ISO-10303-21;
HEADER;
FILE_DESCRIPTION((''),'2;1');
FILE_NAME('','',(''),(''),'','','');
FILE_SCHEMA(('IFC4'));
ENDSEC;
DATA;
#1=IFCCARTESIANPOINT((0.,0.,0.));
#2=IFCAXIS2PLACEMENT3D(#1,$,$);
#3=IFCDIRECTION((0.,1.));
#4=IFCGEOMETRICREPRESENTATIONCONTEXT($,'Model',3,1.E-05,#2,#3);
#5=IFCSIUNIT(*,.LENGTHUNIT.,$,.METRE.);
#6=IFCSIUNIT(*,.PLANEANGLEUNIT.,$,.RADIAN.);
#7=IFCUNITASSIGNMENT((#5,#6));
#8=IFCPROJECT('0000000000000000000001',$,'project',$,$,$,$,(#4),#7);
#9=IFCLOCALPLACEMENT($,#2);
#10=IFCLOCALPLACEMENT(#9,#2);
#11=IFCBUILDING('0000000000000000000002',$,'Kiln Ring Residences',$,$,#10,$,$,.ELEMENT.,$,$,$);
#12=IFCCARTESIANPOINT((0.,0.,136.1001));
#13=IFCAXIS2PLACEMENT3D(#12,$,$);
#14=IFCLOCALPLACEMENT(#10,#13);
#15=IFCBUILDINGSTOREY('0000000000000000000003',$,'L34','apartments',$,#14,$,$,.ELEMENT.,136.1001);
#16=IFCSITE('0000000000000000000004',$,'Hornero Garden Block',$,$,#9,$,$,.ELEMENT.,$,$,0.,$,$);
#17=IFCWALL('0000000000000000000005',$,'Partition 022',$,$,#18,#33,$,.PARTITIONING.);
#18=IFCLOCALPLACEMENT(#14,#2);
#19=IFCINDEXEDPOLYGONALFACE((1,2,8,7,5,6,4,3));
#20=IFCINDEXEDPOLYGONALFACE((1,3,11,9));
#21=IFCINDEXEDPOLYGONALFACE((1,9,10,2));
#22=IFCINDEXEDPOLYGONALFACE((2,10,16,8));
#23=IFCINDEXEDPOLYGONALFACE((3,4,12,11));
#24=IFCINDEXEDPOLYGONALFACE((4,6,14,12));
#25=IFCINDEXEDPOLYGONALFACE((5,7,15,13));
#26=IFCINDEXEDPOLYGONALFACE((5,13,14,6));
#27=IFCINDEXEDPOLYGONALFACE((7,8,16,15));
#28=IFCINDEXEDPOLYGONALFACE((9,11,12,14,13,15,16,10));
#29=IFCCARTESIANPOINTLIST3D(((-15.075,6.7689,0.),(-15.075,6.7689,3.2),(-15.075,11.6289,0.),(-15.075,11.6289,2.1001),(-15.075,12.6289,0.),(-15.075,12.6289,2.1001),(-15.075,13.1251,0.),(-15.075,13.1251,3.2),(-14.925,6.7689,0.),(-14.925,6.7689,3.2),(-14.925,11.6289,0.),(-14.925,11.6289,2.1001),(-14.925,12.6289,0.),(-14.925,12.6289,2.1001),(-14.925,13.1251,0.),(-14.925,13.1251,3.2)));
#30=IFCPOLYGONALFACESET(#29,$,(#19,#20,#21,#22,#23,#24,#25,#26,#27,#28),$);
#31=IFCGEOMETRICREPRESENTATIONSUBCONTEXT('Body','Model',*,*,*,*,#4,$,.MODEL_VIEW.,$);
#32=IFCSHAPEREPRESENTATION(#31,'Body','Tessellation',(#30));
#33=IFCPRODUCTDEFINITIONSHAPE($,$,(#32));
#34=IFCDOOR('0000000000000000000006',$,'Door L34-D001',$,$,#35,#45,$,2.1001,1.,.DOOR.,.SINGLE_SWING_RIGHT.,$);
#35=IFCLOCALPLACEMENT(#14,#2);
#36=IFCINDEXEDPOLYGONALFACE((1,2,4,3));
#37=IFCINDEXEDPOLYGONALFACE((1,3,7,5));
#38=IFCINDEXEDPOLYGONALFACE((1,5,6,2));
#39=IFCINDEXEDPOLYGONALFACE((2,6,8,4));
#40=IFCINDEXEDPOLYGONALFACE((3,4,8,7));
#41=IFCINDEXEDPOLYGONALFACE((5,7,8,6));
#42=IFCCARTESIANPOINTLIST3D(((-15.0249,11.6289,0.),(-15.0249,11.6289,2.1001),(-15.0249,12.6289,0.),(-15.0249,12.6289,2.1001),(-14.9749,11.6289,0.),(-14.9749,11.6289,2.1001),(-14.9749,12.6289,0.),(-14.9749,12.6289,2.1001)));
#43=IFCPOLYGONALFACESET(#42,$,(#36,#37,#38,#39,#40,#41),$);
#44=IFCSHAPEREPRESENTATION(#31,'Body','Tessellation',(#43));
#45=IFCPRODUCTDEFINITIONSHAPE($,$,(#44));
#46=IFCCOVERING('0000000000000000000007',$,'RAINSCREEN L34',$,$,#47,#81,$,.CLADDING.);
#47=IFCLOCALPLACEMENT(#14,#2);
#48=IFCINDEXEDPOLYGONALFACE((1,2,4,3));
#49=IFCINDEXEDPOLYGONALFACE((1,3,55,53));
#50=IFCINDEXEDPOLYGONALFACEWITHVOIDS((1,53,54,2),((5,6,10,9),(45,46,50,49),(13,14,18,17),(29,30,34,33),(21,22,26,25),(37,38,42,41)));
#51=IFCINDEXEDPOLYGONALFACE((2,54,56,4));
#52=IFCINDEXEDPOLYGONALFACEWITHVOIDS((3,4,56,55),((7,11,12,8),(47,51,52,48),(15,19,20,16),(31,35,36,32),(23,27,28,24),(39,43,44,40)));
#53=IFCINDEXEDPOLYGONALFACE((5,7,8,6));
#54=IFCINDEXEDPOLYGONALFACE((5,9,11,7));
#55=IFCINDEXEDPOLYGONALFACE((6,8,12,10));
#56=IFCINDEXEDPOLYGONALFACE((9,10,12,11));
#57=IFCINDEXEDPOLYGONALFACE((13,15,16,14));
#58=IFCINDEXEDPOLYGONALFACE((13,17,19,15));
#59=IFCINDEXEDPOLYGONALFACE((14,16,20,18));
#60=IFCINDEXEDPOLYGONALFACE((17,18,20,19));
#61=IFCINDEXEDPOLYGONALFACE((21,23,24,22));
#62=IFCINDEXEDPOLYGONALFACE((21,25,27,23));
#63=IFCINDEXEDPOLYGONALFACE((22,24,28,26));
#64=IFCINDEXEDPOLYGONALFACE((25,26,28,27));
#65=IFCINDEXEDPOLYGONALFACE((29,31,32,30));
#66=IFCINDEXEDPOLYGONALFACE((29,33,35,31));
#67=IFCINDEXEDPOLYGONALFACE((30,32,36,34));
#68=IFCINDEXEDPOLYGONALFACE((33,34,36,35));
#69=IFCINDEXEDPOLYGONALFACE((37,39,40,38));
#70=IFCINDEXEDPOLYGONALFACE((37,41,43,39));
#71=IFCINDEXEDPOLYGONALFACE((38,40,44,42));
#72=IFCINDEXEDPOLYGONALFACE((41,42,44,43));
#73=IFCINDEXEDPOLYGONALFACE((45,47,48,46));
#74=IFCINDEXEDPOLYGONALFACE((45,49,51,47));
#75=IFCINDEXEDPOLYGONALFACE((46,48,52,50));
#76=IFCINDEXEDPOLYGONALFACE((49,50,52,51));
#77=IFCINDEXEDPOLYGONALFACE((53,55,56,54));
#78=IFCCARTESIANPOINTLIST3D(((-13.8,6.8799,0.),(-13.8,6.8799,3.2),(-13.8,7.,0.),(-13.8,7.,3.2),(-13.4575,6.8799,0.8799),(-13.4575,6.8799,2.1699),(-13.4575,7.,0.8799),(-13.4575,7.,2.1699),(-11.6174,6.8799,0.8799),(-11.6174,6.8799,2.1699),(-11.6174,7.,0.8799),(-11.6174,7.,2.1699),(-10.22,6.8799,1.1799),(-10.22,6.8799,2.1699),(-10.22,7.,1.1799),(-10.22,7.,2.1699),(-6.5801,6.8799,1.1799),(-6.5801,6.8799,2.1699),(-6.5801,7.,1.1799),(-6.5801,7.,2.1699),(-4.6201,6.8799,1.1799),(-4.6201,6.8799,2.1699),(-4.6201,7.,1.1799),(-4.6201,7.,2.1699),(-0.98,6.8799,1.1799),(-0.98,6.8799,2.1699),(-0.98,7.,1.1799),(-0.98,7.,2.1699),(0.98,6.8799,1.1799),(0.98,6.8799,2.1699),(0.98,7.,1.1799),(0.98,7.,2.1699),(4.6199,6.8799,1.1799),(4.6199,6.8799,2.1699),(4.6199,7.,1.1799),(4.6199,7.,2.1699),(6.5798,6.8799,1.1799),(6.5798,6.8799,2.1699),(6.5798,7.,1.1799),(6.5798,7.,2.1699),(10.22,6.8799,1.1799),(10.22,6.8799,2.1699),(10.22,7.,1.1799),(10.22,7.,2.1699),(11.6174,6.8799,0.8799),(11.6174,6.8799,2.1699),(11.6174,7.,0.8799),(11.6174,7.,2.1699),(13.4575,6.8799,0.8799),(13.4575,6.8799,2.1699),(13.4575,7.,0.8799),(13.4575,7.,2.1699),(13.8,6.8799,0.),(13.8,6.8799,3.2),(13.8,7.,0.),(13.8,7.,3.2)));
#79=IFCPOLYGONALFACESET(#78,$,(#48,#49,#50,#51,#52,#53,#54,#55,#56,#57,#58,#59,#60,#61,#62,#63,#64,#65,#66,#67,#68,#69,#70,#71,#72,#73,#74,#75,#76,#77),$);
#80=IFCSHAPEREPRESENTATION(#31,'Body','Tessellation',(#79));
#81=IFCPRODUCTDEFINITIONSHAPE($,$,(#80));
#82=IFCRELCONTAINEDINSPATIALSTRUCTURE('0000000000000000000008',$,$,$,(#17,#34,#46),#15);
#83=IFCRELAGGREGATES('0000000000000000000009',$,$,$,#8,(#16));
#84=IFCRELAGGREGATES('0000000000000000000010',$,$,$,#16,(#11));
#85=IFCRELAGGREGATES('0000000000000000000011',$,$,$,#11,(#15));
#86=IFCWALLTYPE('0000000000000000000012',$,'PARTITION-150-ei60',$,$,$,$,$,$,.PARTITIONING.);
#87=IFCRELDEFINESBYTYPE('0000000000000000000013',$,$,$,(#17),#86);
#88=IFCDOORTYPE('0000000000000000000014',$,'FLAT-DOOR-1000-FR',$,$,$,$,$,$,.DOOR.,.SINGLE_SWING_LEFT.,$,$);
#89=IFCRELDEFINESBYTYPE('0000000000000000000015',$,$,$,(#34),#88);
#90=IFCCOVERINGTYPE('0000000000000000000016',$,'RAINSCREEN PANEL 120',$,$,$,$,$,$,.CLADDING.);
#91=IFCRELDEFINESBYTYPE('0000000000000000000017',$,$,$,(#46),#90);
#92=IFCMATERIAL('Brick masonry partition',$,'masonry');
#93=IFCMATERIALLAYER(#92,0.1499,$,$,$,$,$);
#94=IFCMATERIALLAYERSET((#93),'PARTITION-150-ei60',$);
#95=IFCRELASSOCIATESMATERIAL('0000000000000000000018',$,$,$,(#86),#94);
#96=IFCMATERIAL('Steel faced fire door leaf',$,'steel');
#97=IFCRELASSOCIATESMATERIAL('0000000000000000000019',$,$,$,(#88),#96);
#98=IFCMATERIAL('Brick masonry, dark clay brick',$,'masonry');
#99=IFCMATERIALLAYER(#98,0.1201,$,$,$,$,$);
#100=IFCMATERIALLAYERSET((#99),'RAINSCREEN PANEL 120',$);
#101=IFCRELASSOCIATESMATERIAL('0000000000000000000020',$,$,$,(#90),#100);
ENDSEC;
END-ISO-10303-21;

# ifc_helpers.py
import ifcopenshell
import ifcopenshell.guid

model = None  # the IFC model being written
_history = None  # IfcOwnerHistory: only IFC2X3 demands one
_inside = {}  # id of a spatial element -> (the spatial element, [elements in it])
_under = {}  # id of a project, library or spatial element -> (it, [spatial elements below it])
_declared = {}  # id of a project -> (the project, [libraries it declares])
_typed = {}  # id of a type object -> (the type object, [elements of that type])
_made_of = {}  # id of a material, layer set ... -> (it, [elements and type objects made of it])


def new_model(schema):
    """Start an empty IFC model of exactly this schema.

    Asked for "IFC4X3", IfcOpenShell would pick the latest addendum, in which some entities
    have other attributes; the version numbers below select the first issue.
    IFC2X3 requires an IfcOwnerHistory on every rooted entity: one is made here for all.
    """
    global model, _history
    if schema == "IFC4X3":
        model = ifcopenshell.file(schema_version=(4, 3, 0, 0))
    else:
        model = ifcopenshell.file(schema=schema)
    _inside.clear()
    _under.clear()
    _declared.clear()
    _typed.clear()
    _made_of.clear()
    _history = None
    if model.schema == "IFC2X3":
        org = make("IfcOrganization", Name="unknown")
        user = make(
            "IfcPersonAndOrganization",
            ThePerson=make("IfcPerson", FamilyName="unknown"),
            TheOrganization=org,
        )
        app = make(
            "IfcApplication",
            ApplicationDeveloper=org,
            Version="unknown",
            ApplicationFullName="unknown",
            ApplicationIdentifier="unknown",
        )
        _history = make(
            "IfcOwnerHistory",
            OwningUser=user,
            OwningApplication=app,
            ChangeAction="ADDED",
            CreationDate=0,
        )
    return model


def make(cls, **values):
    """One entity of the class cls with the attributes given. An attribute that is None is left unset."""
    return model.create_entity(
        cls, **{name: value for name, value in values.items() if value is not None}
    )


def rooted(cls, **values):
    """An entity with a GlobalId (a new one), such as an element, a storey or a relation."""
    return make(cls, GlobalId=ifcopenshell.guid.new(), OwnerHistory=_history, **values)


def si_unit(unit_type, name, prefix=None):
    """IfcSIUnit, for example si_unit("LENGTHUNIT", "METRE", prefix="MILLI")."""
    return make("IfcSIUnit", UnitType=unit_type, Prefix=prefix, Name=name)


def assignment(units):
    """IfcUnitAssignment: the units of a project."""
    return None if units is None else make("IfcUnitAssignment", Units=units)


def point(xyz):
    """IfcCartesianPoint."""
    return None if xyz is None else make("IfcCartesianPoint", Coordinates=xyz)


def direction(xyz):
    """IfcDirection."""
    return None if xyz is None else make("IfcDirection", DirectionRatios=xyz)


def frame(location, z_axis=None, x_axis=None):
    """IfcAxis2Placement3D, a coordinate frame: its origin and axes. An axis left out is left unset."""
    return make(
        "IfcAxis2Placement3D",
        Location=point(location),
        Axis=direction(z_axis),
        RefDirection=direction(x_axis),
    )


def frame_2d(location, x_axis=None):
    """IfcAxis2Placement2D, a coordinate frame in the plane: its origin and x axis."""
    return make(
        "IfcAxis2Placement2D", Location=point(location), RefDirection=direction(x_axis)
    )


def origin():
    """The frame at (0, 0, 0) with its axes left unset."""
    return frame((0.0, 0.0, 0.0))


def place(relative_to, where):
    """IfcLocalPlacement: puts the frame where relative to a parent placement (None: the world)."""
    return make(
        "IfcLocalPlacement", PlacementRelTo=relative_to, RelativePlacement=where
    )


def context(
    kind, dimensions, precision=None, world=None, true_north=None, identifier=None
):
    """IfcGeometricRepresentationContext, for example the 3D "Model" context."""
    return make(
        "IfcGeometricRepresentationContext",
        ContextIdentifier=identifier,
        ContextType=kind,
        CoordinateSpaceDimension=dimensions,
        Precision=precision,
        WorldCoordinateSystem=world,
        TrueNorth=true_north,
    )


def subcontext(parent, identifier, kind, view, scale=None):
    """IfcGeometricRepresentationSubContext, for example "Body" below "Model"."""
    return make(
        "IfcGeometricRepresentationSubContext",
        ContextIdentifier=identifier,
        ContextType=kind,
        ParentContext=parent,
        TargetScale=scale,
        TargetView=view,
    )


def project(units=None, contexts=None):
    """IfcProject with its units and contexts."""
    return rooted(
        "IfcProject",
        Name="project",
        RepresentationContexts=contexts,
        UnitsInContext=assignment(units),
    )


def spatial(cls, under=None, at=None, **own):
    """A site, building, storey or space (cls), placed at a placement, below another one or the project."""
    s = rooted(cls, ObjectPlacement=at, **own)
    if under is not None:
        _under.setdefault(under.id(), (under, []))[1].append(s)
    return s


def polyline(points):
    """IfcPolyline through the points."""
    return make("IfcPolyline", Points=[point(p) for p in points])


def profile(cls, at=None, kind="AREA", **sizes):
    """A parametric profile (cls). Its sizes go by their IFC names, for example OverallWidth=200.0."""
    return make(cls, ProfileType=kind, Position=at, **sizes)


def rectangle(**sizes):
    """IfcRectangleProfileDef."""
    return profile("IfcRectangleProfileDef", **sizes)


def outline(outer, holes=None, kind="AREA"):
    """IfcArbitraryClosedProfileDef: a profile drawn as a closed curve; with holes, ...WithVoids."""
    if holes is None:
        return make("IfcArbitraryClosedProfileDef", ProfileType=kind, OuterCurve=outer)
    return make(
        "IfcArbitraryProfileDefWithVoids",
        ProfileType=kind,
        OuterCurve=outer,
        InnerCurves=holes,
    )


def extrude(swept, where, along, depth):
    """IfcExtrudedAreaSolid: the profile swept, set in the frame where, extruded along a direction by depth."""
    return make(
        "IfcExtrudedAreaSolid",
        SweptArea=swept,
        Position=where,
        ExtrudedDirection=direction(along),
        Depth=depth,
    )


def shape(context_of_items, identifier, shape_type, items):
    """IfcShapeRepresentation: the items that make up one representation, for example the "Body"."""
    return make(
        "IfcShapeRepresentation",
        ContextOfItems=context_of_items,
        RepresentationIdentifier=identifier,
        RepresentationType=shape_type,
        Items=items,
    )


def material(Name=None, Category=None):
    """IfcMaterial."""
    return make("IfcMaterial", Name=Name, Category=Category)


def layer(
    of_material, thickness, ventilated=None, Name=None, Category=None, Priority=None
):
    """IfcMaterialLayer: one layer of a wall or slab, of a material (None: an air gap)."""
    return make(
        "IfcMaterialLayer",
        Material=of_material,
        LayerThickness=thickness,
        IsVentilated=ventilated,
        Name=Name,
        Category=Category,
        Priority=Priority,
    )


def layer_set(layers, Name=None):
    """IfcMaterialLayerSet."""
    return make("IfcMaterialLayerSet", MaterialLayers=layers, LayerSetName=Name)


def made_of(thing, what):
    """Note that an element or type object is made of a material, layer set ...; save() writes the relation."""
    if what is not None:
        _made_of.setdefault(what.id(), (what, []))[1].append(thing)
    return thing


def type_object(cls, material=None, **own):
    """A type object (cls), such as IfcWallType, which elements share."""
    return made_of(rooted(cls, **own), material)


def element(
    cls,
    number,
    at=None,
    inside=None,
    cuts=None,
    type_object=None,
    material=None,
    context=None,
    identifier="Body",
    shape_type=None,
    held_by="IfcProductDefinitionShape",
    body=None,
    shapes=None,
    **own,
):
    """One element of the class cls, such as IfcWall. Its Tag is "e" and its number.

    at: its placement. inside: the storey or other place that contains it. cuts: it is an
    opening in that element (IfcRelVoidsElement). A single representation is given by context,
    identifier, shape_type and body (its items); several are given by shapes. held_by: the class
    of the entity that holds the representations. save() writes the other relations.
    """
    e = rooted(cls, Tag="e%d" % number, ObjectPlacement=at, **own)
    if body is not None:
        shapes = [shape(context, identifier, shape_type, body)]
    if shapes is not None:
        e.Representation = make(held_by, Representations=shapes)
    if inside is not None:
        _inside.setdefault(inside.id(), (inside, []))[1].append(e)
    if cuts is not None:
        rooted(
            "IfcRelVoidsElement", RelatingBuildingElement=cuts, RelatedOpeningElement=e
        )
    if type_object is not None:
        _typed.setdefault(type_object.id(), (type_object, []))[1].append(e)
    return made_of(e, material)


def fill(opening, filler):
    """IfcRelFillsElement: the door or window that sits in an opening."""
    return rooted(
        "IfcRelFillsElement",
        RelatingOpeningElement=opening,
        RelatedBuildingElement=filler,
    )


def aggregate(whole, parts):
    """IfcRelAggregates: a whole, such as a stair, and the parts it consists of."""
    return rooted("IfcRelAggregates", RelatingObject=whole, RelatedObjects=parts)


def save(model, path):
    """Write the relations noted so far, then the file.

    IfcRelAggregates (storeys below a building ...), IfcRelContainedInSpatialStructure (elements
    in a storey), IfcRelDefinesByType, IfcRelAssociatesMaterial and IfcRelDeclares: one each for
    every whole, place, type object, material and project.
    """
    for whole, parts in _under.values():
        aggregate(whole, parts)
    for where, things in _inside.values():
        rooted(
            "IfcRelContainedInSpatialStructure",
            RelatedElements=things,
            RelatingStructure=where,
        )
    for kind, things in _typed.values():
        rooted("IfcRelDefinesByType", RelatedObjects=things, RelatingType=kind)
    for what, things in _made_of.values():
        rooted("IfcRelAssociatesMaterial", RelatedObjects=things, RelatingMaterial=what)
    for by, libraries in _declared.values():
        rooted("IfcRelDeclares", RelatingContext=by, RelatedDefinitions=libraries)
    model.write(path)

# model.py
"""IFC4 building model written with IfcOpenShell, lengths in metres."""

from ifc_helpers import new_model, si_unit, direction, frame, frame_2d, origin, place, context, subcontext, project, spatial, polyline, rectangle, outline, extrude, material, layer, layer_set, type_object, element, fill, save


model = new_model("IFC4")

# Units and contexts
model_context = context("Model", 3, precision=1e-05, world=origin(), true_north=direction((0.0, 1.0)))
body_context = subcontext(model_context, "Body", "Model", "MODEL_VIEW")
ifc_project = project(units=[si_unit("LENGTHUNIT", "METRE"), si_unit("PLANEANGLEUNIT", "RADIAN")], contexts=[model_context])

# Site, building, storey
site_placement = place(None, origin())
site = spatial("IfcSite", under=ifc_project, at=site_placement, Name="Hornero Garden Block", CompositionType="ELEMENT", RefElevation=0.0)
building_placement = place(site_placement, origin())
building = spatial("IfcBuilding", under=site, at=building_placement, Name="Kiln Ring Residences", CompositionType="ELEMENT")
storey_placement = place(building_placement, frame((0.0, 0.0, 136.1001)))
storey = spatial("IfcBuildingStorey", under=building, at=storey_placement, Name="L34", Description="apartments", CompositionType="ELEMENT", Elevation=136.1001)

# Wall, opening, door
ifc_material_1 = material(Name="Brick masonry partition", Category="masonry")
ifc_layer_1 = layer(ifc_material_1, 0.1499)
ifc_layer_set_1 = layer_set([ifc_layer_1], Name="PARTITION-150-ei60")
wall_type_1 = type_object("IfcWallType", Name="PARTITION-150-ei60", PredefinedType="PARTITIONING", material=ifc_layer_set_1)
wall_1_placement = place(storey_placement, frame((-15.0, 6.7688, 0.0), z_axis=(0.0, 0.0, 1.0), x_axis=(0.0, 1.0, 0.0)))
wall_1 = element("IfcWall", 1, at=wall_1_placement, inside=storey, type_object=wall_type_1, Name="Partition 022", PredefinedType="PARTITIONING", context=body_context, shape_type="SweptSolid", body=[
    extrude(rectangle(XDim=6.3562, YDim=0.1499, at=frame_2d((3.1782, 0.0))), origin(), (0.0, 0.0, 1.0), 3.2),
])
opening_1_placement = place(wall_1_placement, frame((4.8601, 0.0, 0.0)))
opening_1 = element("IfcOpeningElement", 2, at=opening_1_placement, cuts=wall_1, PredefinedType="OPENING", context=body_context, shape_type="SweptSolid", body=[
    extrude(rectangle(XDim=1.0, YDim=2.1001, at=frame_2d((0.5, 1.05))), frame((0.0, 0.085, 0.0), z_axis=(0.0, -1.0, 0.0), x_axis=(1.0, 0.0, 0.0)), (0.0, 0.0, 1.0), 0.1699),
])
ifc_material_2 = material(Name="Steel faced fire door leaf", Category="steel")
door_type = type_object("IfcDoorType", Name="FLAT-DOOR-1000-FR", OperationType="SINGLE_SWING_LEFT", PredefinedType="DOOR", material=ifc_material_2)
door_placement = place(opening_1_placement, origin())
door = element("IfcDoor", 3, at=door_placement, inside=storey, type_object=door_type, Name="Door L34-D001", OperationType="SINGLE_SWING_RIGHT", OverallHeight=2.1001, OverallWidth=1.0, PredefinedType="DOOR", context=body_context, shape_type="SweptSolid", body=[
    extrude(rectangle(XDim=1.0, YDim=2.1001, at=frame_2d((0.5, 1.05))), frame((0.0, 0.0249, 0.0), z_axis=(0.0, -1.0, 0.0), x_axis=(1.0, 0.0, 0.0)), (0.0, 0.0, 1.0), 0.05),
])
fill(opening_1, door)

# Covering
ifc_material_3 = material(Name="Brick masonry, dark clay brick", Category="masonry")
ifc_layer_2 = layer(ifc_material_3, 0.1201)
ifc_layer_set_2 = layer_set([ifc_layer_2], Name="RAINSCREEN PANEL 120")
covering_type = type_object("IfcCoveringType", Name="RAINSCREEN PANEL 120", PredefinedType="CLADDING", material=ifc_layer_set_2)
covering_placement = place(storey_placement, frame((-13.8, 6.9399, 0.0), z_axis=(0.0, 0.0, 1.0), x_axis=(1.0, 0.0, 0.0)))
element("IfcCovering", 4, at=covering_placement, inside=storey, type_object=covering_type, Name="RAINSCREEN L34", PredefinedType="CLADDING", context=body_context, shape_type="SweptSolid", body=[
    extrude(outline(polyline([(0.0, 0.0), (27.6001, 0.0), (27.6001, 3.2), (0.0, 3.2), (0.0, 0.0)]), holes=[polyline([(2.1826, 0.8799), (2.1826, 2.1699), (0.3425, 2.1699), (0.3425, 0.8799), (2.1826, 0.8799)]), polyline([(25.4175, 0.8799), (27.2576, 0.8799), (27.2576, 2.1699), (25.4175, 2.1699), (25.4175, 0.8799)]), polyline([(3.5801, 1.1799), (7.22, 1.1799), (7.22, 2.1699), (3.5801, 2.1699), (3.5801, 1.1799)]), polyline([(12.8201, 1.1799), (12.8201, 2.1699), (9.1799, 2.1699), (9.1799, 1.1799), (12.8201, 1.1799)]), polyline([(14.78, 1.1799), (18.4199, 1.1799), (18.4199, 2.1699), (14.78, 2.1699), (14.78, 1.1799)]), polyline([(20.3799, 1.1799), (24.02, 1.1799), (24.02, 2.1699), (20.3799, 2.1699), (20.3799, 1.1799)])]), frame((0.0, 0.0601, 0.0), z_axis=(0.0, -1.0, 0.0), x_axis=(1.0, 0.0, 0.0)), (0.0, 0.0, 1.0), 0.1201),
])

save(model, "model.ifc")
